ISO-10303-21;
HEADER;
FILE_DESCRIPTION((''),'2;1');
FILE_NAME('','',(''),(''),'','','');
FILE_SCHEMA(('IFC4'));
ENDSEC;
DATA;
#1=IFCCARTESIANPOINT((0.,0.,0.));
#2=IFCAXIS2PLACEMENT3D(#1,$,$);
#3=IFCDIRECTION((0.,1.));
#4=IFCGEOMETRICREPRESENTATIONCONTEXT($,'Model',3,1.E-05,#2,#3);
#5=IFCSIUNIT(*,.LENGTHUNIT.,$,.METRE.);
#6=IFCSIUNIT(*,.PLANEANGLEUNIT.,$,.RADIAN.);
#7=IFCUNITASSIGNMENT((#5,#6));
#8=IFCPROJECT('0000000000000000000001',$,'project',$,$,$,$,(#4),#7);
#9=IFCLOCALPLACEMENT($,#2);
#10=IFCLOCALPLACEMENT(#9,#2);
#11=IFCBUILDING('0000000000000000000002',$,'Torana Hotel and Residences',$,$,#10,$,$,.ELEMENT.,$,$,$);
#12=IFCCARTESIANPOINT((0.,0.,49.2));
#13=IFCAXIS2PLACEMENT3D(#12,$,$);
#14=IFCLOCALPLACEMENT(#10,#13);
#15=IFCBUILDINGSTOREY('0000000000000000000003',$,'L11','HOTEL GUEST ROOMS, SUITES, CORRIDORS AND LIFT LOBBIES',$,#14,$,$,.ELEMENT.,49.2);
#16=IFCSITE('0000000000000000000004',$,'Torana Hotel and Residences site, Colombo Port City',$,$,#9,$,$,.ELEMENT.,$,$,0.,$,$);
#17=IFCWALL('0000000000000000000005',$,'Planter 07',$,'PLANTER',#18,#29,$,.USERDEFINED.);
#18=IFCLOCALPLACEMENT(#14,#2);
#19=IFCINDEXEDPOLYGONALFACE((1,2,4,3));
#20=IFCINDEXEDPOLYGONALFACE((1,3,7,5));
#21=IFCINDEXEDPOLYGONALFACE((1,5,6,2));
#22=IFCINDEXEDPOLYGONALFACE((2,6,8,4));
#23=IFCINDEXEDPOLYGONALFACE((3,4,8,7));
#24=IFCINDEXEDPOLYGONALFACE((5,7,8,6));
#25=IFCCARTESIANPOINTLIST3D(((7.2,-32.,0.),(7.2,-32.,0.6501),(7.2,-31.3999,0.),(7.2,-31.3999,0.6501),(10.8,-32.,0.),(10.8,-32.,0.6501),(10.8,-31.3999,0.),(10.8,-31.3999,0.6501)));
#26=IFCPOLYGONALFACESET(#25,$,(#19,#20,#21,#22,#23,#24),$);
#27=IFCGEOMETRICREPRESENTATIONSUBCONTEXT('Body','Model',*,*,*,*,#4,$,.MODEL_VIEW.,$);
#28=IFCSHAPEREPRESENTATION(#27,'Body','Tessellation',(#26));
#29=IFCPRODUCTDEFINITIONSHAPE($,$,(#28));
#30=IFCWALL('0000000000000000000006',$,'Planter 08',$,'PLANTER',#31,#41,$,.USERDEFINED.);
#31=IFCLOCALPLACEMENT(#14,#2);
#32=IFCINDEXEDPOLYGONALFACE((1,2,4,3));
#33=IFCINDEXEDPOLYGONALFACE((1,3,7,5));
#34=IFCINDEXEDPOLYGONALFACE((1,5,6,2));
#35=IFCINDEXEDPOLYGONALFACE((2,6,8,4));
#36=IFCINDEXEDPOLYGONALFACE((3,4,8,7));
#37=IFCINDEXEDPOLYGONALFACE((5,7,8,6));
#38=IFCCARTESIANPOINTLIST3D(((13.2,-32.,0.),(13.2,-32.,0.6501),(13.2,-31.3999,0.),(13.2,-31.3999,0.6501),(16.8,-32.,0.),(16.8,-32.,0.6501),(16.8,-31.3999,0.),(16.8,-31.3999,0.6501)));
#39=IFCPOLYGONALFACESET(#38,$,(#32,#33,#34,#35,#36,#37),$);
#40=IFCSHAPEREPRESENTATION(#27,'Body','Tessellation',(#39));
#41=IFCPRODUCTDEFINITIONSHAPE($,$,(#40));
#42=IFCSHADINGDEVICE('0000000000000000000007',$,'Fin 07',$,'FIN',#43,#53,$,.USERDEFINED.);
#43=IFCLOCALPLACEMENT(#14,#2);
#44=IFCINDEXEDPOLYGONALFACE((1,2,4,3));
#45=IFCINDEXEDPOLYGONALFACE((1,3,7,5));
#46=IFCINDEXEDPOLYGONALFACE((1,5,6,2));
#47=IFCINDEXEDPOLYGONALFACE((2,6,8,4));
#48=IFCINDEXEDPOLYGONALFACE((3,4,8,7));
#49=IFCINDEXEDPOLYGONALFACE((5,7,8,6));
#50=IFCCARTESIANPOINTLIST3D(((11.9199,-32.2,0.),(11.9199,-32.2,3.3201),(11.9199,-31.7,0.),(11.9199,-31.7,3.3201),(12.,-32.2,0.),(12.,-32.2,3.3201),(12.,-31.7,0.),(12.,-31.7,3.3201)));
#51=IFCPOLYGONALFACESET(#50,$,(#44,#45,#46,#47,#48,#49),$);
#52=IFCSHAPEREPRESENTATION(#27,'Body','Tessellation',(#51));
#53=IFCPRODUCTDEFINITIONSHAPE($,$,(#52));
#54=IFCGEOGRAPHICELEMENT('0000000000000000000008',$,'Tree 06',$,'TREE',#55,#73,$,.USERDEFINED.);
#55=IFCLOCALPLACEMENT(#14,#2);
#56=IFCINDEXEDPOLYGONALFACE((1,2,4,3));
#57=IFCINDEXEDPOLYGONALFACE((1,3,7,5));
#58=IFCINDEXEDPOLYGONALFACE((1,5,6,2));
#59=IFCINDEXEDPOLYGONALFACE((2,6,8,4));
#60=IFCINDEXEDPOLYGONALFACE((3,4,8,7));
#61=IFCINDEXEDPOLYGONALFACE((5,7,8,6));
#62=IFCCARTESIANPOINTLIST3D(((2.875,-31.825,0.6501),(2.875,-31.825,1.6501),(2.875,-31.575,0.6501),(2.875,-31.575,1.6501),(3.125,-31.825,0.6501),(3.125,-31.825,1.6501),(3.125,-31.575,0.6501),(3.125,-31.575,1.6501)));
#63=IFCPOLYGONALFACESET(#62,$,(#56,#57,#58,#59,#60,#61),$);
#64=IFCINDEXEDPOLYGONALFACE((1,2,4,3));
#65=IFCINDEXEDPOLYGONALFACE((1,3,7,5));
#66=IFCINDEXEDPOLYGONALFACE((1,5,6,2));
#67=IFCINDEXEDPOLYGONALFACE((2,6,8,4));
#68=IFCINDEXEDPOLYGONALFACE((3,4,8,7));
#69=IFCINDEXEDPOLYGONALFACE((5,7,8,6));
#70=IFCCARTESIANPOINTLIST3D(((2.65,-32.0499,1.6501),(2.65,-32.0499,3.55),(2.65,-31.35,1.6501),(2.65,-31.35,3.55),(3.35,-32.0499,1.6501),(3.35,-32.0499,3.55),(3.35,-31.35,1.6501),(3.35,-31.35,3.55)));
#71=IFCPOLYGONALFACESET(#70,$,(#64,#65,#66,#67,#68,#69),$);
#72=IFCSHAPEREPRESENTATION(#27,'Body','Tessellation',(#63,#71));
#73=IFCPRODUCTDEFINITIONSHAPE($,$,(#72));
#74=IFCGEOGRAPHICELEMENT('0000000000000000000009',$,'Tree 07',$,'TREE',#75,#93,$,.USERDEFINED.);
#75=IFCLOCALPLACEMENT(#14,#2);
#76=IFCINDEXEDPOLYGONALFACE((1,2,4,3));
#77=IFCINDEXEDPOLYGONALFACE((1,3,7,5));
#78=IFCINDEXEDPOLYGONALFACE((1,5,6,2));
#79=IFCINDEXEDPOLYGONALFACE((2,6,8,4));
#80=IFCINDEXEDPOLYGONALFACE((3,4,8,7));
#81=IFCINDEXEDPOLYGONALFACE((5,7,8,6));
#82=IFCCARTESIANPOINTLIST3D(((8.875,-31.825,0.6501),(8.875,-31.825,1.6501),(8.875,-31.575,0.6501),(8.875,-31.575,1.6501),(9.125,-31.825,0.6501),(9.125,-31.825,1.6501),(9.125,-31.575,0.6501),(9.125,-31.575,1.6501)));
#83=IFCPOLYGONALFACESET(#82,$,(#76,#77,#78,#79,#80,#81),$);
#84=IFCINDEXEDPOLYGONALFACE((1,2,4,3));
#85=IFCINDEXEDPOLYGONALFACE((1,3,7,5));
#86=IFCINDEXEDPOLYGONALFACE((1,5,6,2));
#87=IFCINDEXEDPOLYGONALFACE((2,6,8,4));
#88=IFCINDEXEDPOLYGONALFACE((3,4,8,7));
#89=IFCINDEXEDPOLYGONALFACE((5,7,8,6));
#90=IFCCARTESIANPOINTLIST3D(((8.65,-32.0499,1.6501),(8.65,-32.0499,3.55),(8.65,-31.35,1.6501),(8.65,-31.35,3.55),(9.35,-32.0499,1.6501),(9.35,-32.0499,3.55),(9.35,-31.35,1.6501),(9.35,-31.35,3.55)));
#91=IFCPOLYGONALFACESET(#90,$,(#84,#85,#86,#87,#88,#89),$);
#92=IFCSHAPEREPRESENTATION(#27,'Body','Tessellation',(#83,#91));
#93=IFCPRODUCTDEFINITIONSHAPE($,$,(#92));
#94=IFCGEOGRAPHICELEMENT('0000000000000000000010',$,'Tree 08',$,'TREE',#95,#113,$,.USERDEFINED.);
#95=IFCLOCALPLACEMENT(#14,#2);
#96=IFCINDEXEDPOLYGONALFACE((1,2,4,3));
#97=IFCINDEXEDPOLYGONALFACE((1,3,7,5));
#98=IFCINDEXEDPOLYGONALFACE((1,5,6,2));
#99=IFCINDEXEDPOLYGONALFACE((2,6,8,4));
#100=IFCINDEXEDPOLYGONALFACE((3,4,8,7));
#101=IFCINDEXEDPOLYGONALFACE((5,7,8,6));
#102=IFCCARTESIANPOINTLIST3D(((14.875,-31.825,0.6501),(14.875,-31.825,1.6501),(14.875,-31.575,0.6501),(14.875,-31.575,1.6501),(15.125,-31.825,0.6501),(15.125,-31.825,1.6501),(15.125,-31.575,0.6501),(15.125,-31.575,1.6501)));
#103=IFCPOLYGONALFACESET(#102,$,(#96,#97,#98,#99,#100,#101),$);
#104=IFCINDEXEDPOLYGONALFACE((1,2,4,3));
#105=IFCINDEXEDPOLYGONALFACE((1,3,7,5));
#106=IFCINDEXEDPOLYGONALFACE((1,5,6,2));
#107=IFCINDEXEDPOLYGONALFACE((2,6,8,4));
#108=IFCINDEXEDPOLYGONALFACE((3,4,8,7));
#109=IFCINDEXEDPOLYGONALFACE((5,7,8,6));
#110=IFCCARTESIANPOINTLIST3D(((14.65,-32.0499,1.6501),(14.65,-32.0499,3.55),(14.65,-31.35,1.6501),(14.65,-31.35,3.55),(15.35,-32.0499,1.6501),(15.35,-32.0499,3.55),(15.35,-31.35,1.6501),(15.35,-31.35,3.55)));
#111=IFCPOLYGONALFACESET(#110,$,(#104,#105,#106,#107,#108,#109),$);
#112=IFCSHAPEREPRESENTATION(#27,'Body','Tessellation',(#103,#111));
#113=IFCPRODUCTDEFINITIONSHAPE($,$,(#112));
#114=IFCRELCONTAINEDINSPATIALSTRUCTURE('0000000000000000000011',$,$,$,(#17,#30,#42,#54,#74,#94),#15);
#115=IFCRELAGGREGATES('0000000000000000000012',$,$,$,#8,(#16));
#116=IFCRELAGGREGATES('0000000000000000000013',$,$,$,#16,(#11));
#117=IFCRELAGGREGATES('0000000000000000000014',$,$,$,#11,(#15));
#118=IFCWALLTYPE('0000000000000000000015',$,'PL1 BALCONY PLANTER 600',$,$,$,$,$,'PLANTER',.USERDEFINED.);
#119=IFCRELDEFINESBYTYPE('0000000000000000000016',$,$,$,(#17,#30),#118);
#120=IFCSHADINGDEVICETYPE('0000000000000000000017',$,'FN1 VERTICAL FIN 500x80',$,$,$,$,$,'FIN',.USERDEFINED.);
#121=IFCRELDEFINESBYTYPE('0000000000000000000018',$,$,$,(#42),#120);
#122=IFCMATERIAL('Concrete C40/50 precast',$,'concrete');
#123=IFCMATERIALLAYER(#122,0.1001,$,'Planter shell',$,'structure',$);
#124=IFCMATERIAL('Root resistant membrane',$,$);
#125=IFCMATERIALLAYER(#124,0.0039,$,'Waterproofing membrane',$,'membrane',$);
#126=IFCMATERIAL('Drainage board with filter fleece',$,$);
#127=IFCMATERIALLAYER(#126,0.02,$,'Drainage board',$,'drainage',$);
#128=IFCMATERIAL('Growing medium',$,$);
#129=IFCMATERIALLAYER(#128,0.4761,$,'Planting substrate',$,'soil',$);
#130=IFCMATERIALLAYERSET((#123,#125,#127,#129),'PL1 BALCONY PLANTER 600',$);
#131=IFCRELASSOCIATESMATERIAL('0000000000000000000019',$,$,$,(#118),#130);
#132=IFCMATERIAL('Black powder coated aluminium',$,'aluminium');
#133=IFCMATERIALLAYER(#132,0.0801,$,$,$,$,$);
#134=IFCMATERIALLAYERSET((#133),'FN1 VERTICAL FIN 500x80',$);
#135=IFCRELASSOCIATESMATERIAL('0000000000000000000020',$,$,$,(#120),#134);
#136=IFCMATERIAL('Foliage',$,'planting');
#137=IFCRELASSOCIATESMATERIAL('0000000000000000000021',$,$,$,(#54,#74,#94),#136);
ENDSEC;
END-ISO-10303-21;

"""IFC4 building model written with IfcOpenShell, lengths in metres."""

from ifc_helpers import new_model, si_unit, direction, frame, frame_2d, origin, origin_2d, place, context, subcontext, project, spatial, rectangle, extrude, material, layer, layer_set, type_object, element, save


model = new_model("IFC4")

# Units and contexts
model_context = context("Model", 3, precision=1e-05, world=origin(), true_north=direction((0.0, 1.0)))
body_context = subcontext(model_context, "Body", "Model", "MODEL_VIEW")
ifc_project = project(units=[si_unit("LENGTHUNIT", "METRE"), si_unit("PLANEANGLEUNIT", "RADIAN")], contexts=[model_context])

# Site, building, storey
site_placement = place(None, origin())
site = spatial("IfcSite", under=ifc_project, at=site_placement, Name="Torana Hotel and Residences site, Colombo Port City", CompositionType="ELEMENT", RefElevation=0.0)
building_placement = place(site_placement, origin())
building = spatial("IfcBuilding", under=site, at=building_placement, Name="Torana Hotel and Residences", CompositionType="ELEMENT")
storey_placement = place(building_placement, frame((0.0, 0.0, 49.2)))
storey = spatial("IfcBuildingStorey", under=building, at=storey_placement, Name="L11", Description="HOTEL GUEST ROOMS, SUITES, CORRIDORS AND LIFT LOBBIES", CompositionType="ELEMENT", Elevation=49.2)

# Walls
ifc_material_1 = material(Name="Concrete C40/50 precast", Category="concrete")
ifc_layer_1 = layer(ifc_material_1, 0.1001, Name="Planter shell", Category="structure")
ifc_material_2 = material(Name="Root resistant membrane")
ifc_layer_2 = layer(ifc_material_2, 0.0039, Name="Waterproofing membrane", Category="membrane")
ifc_material_3 = material(Name="Drainage board with filter fleece")
ifc_layer_3 = layer(ifc_material_3, 0.02, Name="Drainage board", Category="drainage")
ifc_material_4 = material(Name="Growing medium")
ifc_layer_4 = layer(ifc_material_4, 0.4761, Name="Planting substrate", Category="soil")
ifc_layer_set_1 = layer_set([ifc_layer_1, ifc_layer_2, ifc_layer_3, ifc_layer_4], Name="PL1 BALCONY PLANTER 600")
wall_type_1 = type_object("IfcWallType", Name="PL1 BALCONY PLANTER 600", ElementType="PLANTER", PredefinedType="USERDEFINED", material=ifc_layer_set_1)
for number, where, z_axis, x_axis, name in (
    (1, (10.8, -31.7, 0.0), (0.0, 0.0, 1.0), (-1.0, 0.0, 0.0), "Planter 07"),
    (2, (16.8, -31.7, 0.0), (0.0, 0.0, 1.0), (-1.0, 0.0, 0.0), "Planter 08"),
):
    element("IfcWall", number, at=place(storey_placement, frame(where, z_axis=z_axis, x_axis=x_axis)), inside=storey, type_object=wall_type_1, Name=name, ObjectType="PLANTER", PredefinedType="USERDEFINED", context=body_context, shape_type="SweptSolid", body=[
        extrude(rectangle(XDim=3.6001, YDim=0.6001, at=frame_2d((1.8, 0.0))), origin(), (0.0, 0.0, 1.0), 0.6501),
    ])

# Shading device
ifc_material_5 = material(Name="Black powder coated aluminium", Category="aluminium")
ifc_layer_5 = layer(ifc_material_5, 0.0801)
ifc_layer_set_2 = layer_set([ifc_layer_5], Name="FN1 VERTICAL FIN 500x80")
shading_device_type = type_object("IfcShadingDeviceType", Name="FN1 VERTICAL FIN 500x80", ElementType="FIN", PredefinedType="USERDEFINED", material=ifc_layer_set_2)
shading_device_placement = place(storey_placement, frame((11.96, -31.95, 0.0), z_axis=(0.0, 0.0, 1.0), x_axis=(-1.0, 0.0, 0.0)))
element("IfcShadingDevice", 3, at=shading_device_placement, inside=storey, type_object=shading_device_type, Name="Fin 07", ObjectType="FIN", PredefinedType="USERDEFINED", context=body_context, shape_type="SweptSolid", body=[
    extrude(rectangle(XDim=0.0801, YDim=0.5, at=origin_2d()), origin(), (0.0, 0.0, 1.0), 3.3201),
])

# Geographic elements
ifc_material_6 = material(Name="Foliage", Category="planting")
for number, where, z_axis, x_axis, name in (
    (4, (3.0, -31.7, 0.6501), (0.0, 0.0, 1.0), (1.0, 0.0, 0.0), "Tree 06"),
    (5, (9.0, -31.7, 0.6501), (0.0, 0.0, 1.0), (1.0, 0.0, 0.0), "Tree 07"),
    (6, (15.0, -31.7, 0.6501), (0.0, 0.0, 1.0), (1.0, 0.0, 0.0), "Tree 08"),
):
    element("IfcGeographicElement", number, at=place(storey_placement, frame(where, z_axis=z_axis, x_axis=x_axis)), inside=storey, material=ifc_material_6, Name=name, ObjectType="TREE", PredefinedType="USERDEFINED", context=body_context, shape_type="SweptSolid", body=[
        extrude(rectangle(XDim=0.25, YDim=0.25, at=origin_2d()), origin(), (0.0, 0.0, 1.0), 1.0),
        extrude(rectangle(XDim=0.7, YDim=0.7, at=origin_2d()), frame((0.0, 0.0, 1.0)), (0.0, 0.0, 1.0), 1.8999),
    ])

save(model, "model.ifc")
